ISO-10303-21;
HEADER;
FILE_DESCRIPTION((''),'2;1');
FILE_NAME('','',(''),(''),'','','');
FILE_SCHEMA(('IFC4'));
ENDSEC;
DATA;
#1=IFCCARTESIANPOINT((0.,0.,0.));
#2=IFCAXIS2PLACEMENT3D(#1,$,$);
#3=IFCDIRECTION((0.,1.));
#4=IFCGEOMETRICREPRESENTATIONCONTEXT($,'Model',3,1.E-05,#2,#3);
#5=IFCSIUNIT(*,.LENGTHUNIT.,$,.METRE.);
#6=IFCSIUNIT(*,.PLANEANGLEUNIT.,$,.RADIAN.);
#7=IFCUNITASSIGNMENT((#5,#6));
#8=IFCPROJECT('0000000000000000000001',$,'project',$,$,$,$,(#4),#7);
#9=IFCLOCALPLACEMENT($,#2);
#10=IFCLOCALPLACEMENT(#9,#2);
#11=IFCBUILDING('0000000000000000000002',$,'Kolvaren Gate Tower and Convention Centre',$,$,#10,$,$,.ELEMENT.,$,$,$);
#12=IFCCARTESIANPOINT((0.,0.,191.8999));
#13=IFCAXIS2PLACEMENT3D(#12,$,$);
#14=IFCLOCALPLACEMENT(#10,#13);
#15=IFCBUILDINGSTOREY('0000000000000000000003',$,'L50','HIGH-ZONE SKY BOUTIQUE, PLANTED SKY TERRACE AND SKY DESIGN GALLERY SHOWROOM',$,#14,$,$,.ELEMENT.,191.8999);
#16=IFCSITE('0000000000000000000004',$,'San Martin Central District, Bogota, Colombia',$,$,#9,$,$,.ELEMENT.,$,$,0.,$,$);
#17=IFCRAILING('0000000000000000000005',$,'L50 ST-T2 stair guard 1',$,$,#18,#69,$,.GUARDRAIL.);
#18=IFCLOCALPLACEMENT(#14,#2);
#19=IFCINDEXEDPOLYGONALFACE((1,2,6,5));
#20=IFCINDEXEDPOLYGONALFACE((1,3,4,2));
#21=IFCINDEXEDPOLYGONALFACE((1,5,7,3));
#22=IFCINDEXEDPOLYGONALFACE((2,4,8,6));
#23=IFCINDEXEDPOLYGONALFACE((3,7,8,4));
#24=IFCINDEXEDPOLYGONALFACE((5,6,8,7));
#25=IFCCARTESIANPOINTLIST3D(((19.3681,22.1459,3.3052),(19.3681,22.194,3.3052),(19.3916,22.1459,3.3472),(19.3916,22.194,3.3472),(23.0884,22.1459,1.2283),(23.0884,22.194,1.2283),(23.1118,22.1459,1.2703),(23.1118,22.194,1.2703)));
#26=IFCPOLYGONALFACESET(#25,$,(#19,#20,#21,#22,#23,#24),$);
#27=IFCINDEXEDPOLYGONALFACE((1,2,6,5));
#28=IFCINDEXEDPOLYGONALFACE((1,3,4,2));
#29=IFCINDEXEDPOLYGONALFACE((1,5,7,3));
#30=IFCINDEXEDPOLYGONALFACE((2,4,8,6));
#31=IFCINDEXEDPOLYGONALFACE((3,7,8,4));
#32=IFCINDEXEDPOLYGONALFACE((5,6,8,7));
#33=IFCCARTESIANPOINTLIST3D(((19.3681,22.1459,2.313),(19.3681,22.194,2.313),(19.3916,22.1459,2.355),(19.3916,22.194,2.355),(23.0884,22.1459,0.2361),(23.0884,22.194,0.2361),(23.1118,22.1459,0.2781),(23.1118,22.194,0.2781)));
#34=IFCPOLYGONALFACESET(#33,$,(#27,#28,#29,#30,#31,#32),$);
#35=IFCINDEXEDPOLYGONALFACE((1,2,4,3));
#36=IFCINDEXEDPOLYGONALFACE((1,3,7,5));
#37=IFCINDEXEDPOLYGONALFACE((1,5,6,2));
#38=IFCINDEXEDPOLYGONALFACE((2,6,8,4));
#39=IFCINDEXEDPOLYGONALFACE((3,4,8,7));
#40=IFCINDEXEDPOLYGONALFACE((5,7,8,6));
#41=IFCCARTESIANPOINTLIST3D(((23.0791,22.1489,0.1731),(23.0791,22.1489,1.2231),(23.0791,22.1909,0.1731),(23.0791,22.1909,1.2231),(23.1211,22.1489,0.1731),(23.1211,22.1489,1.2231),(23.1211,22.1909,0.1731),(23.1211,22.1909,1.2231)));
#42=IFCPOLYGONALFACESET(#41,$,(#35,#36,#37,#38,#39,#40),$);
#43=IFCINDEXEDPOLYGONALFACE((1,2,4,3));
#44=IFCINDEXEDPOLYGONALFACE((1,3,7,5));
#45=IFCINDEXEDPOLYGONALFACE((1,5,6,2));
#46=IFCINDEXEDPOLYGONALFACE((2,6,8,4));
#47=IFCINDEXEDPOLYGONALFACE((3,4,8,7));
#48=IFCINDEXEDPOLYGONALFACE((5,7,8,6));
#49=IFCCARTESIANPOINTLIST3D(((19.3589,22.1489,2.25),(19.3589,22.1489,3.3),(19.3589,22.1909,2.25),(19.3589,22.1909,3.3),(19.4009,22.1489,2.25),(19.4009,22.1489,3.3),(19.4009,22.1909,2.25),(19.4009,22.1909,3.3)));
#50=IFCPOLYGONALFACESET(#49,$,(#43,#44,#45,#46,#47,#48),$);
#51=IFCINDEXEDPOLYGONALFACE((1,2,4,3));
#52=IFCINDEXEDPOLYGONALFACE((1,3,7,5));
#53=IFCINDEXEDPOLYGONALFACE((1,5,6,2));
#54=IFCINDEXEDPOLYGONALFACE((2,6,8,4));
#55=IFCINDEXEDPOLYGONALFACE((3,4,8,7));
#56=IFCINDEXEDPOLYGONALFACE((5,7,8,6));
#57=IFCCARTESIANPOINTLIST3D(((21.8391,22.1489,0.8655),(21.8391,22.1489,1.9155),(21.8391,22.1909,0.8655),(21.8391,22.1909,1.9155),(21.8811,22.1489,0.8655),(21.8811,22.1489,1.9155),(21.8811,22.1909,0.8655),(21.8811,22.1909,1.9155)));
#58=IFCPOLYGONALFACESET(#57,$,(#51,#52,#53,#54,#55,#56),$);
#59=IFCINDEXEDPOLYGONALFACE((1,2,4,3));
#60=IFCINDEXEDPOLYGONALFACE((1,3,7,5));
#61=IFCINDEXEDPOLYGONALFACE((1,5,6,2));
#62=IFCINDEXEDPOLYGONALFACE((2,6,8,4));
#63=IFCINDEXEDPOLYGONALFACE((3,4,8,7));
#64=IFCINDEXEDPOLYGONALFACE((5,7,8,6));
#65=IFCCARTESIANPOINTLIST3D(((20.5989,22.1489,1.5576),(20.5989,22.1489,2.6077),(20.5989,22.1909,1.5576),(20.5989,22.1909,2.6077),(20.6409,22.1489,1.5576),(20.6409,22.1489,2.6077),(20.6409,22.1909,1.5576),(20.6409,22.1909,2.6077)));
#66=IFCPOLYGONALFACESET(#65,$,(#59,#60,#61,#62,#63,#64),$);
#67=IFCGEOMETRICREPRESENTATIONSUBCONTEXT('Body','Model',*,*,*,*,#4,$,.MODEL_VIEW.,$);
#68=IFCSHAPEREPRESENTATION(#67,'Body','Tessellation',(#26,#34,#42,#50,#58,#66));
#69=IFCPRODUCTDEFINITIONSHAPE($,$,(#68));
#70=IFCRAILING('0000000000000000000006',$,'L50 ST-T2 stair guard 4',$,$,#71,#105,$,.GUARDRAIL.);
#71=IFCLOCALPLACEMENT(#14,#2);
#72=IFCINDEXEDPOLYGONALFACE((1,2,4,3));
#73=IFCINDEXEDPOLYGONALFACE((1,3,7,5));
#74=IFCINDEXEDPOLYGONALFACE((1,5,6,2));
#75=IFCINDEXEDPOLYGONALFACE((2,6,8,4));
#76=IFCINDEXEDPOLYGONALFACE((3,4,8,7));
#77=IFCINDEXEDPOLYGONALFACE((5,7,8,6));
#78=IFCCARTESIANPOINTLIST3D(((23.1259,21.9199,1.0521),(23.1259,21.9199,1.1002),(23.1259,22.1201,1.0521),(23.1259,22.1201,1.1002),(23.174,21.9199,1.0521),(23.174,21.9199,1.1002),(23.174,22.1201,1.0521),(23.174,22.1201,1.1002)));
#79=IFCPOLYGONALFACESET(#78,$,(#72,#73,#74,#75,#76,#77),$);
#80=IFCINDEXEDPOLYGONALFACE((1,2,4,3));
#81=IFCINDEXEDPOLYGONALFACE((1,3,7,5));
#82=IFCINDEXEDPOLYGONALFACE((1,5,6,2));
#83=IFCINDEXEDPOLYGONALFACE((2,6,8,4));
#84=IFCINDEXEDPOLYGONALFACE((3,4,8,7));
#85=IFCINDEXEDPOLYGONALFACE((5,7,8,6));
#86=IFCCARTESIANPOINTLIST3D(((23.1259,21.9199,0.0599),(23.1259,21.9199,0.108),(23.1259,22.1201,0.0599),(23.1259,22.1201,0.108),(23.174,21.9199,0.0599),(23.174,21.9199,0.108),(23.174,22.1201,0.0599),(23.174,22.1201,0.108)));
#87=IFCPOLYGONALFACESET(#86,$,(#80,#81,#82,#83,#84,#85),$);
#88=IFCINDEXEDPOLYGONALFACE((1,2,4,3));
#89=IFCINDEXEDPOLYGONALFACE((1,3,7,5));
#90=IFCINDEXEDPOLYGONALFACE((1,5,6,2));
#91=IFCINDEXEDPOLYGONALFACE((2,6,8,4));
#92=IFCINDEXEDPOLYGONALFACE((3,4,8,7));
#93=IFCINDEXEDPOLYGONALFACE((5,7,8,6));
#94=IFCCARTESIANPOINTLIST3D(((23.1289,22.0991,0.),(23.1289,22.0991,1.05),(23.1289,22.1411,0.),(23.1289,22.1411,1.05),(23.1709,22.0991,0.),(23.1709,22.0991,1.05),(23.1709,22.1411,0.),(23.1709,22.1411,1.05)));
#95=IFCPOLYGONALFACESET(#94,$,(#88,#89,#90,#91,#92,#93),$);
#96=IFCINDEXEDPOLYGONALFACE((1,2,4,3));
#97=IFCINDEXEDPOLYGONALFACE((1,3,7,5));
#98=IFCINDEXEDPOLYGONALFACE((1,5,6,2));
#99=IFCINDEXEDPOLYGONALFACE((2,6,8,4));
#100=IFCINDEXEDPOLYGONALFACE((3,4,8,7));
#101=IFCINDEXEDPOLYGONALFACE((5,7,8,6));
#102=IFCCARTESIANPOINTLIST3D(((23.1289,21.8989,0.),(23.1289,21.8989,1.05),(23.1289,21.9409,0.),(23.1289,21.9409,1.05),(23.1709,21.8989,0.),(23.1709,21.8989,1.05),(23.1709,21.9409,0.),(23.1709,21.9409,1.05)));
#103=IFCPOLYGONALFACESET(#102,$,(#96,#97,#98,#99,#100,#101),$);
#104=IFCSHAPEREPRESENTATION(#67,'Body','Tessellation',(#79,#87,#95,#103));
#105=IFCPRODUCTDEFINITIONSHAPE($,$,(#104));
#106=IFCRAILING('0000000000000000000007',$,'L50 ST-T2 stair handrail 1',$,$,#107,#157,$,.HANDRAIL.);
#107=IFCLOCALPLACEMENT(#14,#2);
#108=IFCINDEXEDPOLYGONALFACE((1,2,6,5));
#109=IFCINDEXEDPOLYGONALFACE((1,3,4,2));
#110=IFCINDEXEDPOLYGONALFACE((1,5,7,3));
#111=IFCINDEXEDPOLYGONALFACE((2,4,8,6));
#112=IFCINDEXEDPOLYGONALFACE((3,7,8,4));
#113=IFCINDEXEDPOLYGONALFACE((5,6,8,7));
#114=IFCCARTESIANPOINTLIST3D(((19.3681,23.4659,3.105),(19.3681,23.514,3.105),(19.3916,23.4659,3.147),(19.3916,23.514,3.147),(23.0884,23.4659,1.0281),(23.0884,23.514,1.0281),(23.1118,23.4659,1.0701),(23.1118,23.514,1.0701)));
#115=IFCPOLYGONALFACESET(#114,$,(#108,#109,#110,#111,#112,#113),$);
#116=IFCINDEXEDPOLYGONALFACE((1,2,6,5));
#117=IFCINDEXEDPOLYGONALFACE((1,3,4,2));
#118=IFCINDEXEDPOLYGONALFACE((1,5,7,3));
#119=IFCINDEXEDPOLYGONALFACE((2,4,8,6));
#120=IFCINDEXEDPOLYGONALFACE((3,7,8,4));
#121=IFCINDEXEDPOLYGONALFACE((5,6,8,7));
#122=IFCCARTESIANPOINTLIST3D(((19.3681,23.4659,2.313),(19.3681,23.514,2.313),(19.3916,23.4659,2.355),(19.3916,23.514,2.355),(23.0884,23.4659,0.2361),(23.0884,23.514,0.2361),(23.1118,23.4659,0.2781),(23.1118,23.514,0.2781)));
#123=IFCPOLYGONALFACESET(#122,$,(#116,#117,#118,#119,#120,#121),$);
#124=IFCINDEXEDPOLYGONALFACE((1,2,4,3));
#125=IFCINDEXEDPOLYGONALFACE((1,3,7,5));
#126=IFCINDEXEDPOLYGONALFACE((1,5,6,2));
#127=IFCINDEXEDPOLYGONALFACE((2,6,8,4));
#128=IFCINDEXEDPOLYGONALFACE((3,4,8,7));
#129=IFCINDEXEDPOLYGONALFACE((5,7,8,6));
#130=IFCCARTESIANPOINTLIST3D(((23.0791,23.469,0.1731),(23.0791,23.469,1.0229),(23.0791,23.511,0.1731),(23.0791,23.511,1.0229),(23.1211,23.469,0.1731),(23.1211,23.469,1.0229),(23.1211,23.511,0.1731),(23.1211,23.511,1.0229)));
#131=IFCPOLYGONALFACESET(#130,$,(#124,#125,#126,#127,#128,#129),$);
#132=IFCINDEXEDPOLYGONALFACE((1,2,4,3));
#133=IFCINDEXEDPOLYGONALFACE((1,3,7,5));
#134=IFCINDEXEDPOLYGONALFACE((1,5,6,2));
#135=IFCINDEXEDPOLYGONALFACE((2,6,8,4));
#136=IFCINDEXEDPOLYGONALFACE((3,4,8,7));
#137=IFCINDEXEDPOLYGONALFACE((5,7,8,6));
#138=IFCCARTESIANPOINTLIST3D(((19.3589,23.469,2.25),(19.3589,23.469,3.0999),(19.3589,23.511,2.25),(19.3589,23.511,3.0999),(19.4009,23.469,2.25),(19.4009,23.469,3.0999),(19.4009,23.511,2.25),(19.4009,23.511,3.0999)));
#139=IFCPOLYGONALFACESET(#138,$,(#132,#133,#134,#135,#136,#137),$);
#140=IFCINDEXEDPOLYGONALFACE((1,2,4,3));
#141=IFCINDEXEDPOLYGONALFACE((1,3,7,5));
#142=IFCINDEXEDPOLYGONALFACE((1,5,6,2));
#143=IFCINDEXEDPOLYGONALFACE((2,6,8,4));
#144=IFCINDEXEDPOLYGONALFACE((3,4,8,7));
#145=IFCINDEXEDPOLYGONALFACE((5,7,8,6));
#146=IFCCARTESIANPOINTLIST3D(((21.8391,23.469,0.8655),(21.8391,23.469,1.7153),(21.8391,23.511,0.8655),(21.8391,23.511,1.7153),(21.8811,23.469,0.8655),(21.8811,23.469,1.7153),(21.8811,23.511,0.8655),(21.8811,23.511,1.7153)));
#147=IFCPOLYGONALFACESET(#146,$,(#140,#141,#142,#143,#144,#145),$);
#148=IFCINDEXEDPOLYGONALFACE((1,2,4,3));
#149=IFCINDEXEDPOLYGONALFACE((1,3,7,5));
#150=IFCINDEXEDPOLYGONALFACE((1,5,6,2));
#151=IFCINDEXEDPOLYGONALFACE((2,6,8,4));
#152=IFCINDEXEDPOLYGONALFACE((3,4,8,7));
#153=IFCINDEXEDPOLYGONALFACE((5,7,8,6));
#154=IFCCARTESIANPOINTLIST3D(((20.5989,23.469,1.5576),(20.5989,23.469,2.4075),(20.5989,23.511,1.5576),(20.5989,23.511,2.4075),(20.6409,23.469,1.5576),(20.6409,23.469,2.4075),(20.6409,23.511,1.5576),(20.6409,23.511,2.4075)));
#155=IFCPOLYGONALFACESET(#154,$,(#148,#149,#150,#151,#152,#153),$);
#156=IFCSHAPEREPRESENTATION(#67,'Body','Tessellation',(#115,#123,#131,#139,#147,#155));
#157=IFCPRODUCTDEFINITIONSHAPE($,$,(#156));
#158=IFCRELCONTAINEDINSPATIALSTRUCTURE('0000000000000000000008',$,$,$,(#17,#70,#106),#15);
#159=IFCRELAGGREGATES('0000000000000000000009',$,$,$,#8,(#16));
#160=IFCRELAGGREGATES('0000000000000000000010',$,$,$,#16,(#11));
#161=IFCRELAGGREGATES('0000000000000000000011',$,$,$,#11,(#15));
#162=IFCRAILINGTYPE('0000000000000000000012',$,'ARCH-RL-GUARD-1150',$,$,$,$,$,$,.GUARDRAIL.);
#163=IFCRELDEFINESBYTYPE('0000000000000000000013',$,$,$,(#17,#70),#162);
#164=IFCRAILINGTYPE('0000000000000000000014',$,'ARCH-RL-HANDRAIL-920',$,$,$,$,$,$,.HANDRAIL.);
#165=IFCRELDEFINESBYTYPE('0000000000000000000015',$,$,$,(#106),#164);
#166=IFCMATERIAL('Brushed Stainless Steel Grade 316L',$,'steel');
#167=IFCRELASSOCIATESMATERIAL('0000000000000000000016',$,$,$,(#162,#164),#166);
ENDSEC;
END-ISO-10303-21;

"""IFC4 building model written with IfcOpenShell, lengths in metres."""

from ifc_helpers import new_model, si_unit, direction, frame, origin, origin_2d, place, context, subcontext, project, spatial, rectangle, extrude, material, type_object, element, save


model = new_model("IFC4")

# Units and contexts
model_context = context("Model", 3, precision=1e-05, world=origin(), true_north=direction((0.0, 1.0)))
body_context = subcontext(model_context, "Body", "Model", "MODEL_VIEW")
ifc_project = project(units=[si_unit("LENGTHUNIT", "METRE"), si_unit("PLANEANGLEUNIT", "RADIAN")], contexts=[model_context])

# Site, building, storey
site_placement = place(None, origin())
site = spatial("IfcSite", under=ifc_project, at=site_placement, Name="San Martin Central District, Bogota, Colombia", CompositionType="ELEMENT", RefElevation=0.0)
building_placement = place(site_placement, origin())
building = spatial("IfcBuilding", under=site, at=building_placement, Name="Kolvaren Gate Tower and Convention Centre", CompositionType="ELEMENT")
storey_placement = place(building_placement, frame((0.0, 0.0, 191.8999)))
storey = spatial("IfcBuildingStorey", under=building, at=storey_placement, Name="L50", Description="HIGH-ZONE SKY BOUTIQUE, PLANTED SKY TERRACE AND SKY DESIGN GALLERY SHOWROOM", CompositionType="ELEMENT", Elevation=191.8999)

# Shared definitions
ifc_material_1 = material(Name="Brushed Stainless Steel Grade 316L", Category="steel")

# Railings
railing_type_1 = type_object("IfcRailingType", Name="ARCH-RL-GUARD-1150", PredefinedType="GUARDRAIL", material=ifc_material_1)
railing_1_placement = place(storey_placement, frame((23.1001, 22.1699, 0.1731)))
element("IfcRailing", 1, at=railing_1_placement, inside=storey, type_object=railing_type_1, Name="L50 ST-T2 stair guard 1", PredefinedType="GUARDRAIL", context=body_context, shape_type="SweptSolid", body=[
    extrude(rectangle(XDim=0.0481, YDim=0.0481, at=origin_2d()), frame((0.0, 0.0, 1.0762), z_axis=(-0.873147, 0.0, 0.487457), x_axis=(0.0, -1.0, 0.0)), (0.0, 0.0, 1.0), 4.2607),
    extrude(rectangle(XDim=0.0481, YDim=0.0481, at=origin_2d()), frame((0.0, 0.0, 0.084), z_axis=(-0.873147, 0.0, 0.487457), x_axis=(0.0, -1.0, 0.0)), (0.0, 0.0, 1.0), 4.2607),
    extrude(rectangle(XDim=0.042, YDim=0.042, at=origin_2d()), origin(), (0.0, 0.0, 1.0), 1.05),
    extrude(rectangle(XDim=0.042, YDim=0.042, at=origin_2d()), frame((-3.7202, 0.0, 2.0769)), (0.0, 0.0, 1.0), 1.05),
    extrude(rectangle(XDim=0.042, YDim=0.042, at=origin_2d()), frame((-1.24, 0.0, 0.6924)), (0.0, 0.0, 1.0), 1.05),
    extrude(rectangle(XDim=0.042, YDim=0.042, at=origin_2d()), frame((-2.4802, 0.0, 1.3845)), (0.0, 0.0, 1.0), 1.05),
])
railing_2_placement = place(storey_placement, frame((23.1499, 22.1201, 0.0)))
element("IfcRailing", 2, at=railing_2_placement, inside=storey, type_object=railing_type_1, Name="L50 ST-T2 stair guard 4", PredefinedType="GUARDRAIL", context=body_context, shape_type="SweptSolid", body=[
    extrude(rectangle(XDim=0.0481, YDim=0.0481, at=origin_2d()), frame((0.0, 0.0, 1.0762), z_axis=(0.0, -1.0, 0.0), x_axis=(1.0, 0.0, 0.0)), (0.0, 0.0, 1.0), 0.2002),
    extrude(rectangle(XDim=0.0481, YDim=0.0481, at=origin_2d()), frame((0.0, 0.0, 0.084), z_axis=(0.0, -1.0, 0.0), x_axis=(1.0, 0.0, 0.0)), (0.0, 0.0, 1.0), 0.2002),
    extrude(rectangle(XDim=0.042, YDim=0.042, at=origin_2d()), origin(), (0.0, 0.0, 1.0), 1.05),
    extrude(rectangle(XDim=0.042, YDim=0.042, at=origin_2d()), frame((0.0, -0.2002, 0.0)), (0.0, 0.0, 1.0), 1.05),
])
railing_type_2 = type_object("IfcRailingType", Name="ARCH-RL-HANDRAIL-920", PredefinedType="HANDRAIL", material=ifc_material_1)
railing_3_placement = place(storey_placement, frame((23.1001, 23.49, 0.1731)))
element("IfcRailing", 3, at=railing_3_placement, inside=storey, type_object=railing_type_2, Name="L50 ST-T2 stair handrail 1", PredefinedType="HANDRAIL", context=body_context, shape_type="SweptSolid", body=[
    extrude(rectangle(XDim=0.0481, YDim=0.0481, at=origin_2d()), frame((0.0, 0.0, 0.876), z_axis=(-0.873147, 0.0, 0.487457), x_axis=(0.0, -1.0, 0.0)), (0.0, 0.0, 1.0), 4.2607),
    extrude(rectangle(XDim=0.0481, YDim=0.0481, at=origin_2d()), frame((0.0, 0.0, 0.084), z_axis=(-0.873147, 0.0, 0.487457), x_axis=(0.0, -1.0, 0.0)), (0.0, 0.0, 1.0), 4.2607),
    extrude(rectangle(XDim=0.042, YDim=0.042, at=origin_2d()), origin(), (0.0, 0.0, 1.0), 0.8499),
    extrude(rectangle(XDim=0.042, YDim=0.042, at=origin_2d()), frame((-3.7202, 0.0, 2.0769)), (0.0, 0.0, 1.0), 0.8499),
    extrude(rectangle(XDim=0.042, YDim=0.042, at=origin_2d()), frame((-1.24, 0.0, 0.6924)), (0.0, 0.0, 1.0), 0.8499),
    extrude(rectangle(XDim=0.042, YDim=0.042, at=origin_2d()), frame((-2.4802, 0.0, 1.3845)), (0.0, 0.0, 1.0), 0.8499),
])

save(model, "model.ifc")
